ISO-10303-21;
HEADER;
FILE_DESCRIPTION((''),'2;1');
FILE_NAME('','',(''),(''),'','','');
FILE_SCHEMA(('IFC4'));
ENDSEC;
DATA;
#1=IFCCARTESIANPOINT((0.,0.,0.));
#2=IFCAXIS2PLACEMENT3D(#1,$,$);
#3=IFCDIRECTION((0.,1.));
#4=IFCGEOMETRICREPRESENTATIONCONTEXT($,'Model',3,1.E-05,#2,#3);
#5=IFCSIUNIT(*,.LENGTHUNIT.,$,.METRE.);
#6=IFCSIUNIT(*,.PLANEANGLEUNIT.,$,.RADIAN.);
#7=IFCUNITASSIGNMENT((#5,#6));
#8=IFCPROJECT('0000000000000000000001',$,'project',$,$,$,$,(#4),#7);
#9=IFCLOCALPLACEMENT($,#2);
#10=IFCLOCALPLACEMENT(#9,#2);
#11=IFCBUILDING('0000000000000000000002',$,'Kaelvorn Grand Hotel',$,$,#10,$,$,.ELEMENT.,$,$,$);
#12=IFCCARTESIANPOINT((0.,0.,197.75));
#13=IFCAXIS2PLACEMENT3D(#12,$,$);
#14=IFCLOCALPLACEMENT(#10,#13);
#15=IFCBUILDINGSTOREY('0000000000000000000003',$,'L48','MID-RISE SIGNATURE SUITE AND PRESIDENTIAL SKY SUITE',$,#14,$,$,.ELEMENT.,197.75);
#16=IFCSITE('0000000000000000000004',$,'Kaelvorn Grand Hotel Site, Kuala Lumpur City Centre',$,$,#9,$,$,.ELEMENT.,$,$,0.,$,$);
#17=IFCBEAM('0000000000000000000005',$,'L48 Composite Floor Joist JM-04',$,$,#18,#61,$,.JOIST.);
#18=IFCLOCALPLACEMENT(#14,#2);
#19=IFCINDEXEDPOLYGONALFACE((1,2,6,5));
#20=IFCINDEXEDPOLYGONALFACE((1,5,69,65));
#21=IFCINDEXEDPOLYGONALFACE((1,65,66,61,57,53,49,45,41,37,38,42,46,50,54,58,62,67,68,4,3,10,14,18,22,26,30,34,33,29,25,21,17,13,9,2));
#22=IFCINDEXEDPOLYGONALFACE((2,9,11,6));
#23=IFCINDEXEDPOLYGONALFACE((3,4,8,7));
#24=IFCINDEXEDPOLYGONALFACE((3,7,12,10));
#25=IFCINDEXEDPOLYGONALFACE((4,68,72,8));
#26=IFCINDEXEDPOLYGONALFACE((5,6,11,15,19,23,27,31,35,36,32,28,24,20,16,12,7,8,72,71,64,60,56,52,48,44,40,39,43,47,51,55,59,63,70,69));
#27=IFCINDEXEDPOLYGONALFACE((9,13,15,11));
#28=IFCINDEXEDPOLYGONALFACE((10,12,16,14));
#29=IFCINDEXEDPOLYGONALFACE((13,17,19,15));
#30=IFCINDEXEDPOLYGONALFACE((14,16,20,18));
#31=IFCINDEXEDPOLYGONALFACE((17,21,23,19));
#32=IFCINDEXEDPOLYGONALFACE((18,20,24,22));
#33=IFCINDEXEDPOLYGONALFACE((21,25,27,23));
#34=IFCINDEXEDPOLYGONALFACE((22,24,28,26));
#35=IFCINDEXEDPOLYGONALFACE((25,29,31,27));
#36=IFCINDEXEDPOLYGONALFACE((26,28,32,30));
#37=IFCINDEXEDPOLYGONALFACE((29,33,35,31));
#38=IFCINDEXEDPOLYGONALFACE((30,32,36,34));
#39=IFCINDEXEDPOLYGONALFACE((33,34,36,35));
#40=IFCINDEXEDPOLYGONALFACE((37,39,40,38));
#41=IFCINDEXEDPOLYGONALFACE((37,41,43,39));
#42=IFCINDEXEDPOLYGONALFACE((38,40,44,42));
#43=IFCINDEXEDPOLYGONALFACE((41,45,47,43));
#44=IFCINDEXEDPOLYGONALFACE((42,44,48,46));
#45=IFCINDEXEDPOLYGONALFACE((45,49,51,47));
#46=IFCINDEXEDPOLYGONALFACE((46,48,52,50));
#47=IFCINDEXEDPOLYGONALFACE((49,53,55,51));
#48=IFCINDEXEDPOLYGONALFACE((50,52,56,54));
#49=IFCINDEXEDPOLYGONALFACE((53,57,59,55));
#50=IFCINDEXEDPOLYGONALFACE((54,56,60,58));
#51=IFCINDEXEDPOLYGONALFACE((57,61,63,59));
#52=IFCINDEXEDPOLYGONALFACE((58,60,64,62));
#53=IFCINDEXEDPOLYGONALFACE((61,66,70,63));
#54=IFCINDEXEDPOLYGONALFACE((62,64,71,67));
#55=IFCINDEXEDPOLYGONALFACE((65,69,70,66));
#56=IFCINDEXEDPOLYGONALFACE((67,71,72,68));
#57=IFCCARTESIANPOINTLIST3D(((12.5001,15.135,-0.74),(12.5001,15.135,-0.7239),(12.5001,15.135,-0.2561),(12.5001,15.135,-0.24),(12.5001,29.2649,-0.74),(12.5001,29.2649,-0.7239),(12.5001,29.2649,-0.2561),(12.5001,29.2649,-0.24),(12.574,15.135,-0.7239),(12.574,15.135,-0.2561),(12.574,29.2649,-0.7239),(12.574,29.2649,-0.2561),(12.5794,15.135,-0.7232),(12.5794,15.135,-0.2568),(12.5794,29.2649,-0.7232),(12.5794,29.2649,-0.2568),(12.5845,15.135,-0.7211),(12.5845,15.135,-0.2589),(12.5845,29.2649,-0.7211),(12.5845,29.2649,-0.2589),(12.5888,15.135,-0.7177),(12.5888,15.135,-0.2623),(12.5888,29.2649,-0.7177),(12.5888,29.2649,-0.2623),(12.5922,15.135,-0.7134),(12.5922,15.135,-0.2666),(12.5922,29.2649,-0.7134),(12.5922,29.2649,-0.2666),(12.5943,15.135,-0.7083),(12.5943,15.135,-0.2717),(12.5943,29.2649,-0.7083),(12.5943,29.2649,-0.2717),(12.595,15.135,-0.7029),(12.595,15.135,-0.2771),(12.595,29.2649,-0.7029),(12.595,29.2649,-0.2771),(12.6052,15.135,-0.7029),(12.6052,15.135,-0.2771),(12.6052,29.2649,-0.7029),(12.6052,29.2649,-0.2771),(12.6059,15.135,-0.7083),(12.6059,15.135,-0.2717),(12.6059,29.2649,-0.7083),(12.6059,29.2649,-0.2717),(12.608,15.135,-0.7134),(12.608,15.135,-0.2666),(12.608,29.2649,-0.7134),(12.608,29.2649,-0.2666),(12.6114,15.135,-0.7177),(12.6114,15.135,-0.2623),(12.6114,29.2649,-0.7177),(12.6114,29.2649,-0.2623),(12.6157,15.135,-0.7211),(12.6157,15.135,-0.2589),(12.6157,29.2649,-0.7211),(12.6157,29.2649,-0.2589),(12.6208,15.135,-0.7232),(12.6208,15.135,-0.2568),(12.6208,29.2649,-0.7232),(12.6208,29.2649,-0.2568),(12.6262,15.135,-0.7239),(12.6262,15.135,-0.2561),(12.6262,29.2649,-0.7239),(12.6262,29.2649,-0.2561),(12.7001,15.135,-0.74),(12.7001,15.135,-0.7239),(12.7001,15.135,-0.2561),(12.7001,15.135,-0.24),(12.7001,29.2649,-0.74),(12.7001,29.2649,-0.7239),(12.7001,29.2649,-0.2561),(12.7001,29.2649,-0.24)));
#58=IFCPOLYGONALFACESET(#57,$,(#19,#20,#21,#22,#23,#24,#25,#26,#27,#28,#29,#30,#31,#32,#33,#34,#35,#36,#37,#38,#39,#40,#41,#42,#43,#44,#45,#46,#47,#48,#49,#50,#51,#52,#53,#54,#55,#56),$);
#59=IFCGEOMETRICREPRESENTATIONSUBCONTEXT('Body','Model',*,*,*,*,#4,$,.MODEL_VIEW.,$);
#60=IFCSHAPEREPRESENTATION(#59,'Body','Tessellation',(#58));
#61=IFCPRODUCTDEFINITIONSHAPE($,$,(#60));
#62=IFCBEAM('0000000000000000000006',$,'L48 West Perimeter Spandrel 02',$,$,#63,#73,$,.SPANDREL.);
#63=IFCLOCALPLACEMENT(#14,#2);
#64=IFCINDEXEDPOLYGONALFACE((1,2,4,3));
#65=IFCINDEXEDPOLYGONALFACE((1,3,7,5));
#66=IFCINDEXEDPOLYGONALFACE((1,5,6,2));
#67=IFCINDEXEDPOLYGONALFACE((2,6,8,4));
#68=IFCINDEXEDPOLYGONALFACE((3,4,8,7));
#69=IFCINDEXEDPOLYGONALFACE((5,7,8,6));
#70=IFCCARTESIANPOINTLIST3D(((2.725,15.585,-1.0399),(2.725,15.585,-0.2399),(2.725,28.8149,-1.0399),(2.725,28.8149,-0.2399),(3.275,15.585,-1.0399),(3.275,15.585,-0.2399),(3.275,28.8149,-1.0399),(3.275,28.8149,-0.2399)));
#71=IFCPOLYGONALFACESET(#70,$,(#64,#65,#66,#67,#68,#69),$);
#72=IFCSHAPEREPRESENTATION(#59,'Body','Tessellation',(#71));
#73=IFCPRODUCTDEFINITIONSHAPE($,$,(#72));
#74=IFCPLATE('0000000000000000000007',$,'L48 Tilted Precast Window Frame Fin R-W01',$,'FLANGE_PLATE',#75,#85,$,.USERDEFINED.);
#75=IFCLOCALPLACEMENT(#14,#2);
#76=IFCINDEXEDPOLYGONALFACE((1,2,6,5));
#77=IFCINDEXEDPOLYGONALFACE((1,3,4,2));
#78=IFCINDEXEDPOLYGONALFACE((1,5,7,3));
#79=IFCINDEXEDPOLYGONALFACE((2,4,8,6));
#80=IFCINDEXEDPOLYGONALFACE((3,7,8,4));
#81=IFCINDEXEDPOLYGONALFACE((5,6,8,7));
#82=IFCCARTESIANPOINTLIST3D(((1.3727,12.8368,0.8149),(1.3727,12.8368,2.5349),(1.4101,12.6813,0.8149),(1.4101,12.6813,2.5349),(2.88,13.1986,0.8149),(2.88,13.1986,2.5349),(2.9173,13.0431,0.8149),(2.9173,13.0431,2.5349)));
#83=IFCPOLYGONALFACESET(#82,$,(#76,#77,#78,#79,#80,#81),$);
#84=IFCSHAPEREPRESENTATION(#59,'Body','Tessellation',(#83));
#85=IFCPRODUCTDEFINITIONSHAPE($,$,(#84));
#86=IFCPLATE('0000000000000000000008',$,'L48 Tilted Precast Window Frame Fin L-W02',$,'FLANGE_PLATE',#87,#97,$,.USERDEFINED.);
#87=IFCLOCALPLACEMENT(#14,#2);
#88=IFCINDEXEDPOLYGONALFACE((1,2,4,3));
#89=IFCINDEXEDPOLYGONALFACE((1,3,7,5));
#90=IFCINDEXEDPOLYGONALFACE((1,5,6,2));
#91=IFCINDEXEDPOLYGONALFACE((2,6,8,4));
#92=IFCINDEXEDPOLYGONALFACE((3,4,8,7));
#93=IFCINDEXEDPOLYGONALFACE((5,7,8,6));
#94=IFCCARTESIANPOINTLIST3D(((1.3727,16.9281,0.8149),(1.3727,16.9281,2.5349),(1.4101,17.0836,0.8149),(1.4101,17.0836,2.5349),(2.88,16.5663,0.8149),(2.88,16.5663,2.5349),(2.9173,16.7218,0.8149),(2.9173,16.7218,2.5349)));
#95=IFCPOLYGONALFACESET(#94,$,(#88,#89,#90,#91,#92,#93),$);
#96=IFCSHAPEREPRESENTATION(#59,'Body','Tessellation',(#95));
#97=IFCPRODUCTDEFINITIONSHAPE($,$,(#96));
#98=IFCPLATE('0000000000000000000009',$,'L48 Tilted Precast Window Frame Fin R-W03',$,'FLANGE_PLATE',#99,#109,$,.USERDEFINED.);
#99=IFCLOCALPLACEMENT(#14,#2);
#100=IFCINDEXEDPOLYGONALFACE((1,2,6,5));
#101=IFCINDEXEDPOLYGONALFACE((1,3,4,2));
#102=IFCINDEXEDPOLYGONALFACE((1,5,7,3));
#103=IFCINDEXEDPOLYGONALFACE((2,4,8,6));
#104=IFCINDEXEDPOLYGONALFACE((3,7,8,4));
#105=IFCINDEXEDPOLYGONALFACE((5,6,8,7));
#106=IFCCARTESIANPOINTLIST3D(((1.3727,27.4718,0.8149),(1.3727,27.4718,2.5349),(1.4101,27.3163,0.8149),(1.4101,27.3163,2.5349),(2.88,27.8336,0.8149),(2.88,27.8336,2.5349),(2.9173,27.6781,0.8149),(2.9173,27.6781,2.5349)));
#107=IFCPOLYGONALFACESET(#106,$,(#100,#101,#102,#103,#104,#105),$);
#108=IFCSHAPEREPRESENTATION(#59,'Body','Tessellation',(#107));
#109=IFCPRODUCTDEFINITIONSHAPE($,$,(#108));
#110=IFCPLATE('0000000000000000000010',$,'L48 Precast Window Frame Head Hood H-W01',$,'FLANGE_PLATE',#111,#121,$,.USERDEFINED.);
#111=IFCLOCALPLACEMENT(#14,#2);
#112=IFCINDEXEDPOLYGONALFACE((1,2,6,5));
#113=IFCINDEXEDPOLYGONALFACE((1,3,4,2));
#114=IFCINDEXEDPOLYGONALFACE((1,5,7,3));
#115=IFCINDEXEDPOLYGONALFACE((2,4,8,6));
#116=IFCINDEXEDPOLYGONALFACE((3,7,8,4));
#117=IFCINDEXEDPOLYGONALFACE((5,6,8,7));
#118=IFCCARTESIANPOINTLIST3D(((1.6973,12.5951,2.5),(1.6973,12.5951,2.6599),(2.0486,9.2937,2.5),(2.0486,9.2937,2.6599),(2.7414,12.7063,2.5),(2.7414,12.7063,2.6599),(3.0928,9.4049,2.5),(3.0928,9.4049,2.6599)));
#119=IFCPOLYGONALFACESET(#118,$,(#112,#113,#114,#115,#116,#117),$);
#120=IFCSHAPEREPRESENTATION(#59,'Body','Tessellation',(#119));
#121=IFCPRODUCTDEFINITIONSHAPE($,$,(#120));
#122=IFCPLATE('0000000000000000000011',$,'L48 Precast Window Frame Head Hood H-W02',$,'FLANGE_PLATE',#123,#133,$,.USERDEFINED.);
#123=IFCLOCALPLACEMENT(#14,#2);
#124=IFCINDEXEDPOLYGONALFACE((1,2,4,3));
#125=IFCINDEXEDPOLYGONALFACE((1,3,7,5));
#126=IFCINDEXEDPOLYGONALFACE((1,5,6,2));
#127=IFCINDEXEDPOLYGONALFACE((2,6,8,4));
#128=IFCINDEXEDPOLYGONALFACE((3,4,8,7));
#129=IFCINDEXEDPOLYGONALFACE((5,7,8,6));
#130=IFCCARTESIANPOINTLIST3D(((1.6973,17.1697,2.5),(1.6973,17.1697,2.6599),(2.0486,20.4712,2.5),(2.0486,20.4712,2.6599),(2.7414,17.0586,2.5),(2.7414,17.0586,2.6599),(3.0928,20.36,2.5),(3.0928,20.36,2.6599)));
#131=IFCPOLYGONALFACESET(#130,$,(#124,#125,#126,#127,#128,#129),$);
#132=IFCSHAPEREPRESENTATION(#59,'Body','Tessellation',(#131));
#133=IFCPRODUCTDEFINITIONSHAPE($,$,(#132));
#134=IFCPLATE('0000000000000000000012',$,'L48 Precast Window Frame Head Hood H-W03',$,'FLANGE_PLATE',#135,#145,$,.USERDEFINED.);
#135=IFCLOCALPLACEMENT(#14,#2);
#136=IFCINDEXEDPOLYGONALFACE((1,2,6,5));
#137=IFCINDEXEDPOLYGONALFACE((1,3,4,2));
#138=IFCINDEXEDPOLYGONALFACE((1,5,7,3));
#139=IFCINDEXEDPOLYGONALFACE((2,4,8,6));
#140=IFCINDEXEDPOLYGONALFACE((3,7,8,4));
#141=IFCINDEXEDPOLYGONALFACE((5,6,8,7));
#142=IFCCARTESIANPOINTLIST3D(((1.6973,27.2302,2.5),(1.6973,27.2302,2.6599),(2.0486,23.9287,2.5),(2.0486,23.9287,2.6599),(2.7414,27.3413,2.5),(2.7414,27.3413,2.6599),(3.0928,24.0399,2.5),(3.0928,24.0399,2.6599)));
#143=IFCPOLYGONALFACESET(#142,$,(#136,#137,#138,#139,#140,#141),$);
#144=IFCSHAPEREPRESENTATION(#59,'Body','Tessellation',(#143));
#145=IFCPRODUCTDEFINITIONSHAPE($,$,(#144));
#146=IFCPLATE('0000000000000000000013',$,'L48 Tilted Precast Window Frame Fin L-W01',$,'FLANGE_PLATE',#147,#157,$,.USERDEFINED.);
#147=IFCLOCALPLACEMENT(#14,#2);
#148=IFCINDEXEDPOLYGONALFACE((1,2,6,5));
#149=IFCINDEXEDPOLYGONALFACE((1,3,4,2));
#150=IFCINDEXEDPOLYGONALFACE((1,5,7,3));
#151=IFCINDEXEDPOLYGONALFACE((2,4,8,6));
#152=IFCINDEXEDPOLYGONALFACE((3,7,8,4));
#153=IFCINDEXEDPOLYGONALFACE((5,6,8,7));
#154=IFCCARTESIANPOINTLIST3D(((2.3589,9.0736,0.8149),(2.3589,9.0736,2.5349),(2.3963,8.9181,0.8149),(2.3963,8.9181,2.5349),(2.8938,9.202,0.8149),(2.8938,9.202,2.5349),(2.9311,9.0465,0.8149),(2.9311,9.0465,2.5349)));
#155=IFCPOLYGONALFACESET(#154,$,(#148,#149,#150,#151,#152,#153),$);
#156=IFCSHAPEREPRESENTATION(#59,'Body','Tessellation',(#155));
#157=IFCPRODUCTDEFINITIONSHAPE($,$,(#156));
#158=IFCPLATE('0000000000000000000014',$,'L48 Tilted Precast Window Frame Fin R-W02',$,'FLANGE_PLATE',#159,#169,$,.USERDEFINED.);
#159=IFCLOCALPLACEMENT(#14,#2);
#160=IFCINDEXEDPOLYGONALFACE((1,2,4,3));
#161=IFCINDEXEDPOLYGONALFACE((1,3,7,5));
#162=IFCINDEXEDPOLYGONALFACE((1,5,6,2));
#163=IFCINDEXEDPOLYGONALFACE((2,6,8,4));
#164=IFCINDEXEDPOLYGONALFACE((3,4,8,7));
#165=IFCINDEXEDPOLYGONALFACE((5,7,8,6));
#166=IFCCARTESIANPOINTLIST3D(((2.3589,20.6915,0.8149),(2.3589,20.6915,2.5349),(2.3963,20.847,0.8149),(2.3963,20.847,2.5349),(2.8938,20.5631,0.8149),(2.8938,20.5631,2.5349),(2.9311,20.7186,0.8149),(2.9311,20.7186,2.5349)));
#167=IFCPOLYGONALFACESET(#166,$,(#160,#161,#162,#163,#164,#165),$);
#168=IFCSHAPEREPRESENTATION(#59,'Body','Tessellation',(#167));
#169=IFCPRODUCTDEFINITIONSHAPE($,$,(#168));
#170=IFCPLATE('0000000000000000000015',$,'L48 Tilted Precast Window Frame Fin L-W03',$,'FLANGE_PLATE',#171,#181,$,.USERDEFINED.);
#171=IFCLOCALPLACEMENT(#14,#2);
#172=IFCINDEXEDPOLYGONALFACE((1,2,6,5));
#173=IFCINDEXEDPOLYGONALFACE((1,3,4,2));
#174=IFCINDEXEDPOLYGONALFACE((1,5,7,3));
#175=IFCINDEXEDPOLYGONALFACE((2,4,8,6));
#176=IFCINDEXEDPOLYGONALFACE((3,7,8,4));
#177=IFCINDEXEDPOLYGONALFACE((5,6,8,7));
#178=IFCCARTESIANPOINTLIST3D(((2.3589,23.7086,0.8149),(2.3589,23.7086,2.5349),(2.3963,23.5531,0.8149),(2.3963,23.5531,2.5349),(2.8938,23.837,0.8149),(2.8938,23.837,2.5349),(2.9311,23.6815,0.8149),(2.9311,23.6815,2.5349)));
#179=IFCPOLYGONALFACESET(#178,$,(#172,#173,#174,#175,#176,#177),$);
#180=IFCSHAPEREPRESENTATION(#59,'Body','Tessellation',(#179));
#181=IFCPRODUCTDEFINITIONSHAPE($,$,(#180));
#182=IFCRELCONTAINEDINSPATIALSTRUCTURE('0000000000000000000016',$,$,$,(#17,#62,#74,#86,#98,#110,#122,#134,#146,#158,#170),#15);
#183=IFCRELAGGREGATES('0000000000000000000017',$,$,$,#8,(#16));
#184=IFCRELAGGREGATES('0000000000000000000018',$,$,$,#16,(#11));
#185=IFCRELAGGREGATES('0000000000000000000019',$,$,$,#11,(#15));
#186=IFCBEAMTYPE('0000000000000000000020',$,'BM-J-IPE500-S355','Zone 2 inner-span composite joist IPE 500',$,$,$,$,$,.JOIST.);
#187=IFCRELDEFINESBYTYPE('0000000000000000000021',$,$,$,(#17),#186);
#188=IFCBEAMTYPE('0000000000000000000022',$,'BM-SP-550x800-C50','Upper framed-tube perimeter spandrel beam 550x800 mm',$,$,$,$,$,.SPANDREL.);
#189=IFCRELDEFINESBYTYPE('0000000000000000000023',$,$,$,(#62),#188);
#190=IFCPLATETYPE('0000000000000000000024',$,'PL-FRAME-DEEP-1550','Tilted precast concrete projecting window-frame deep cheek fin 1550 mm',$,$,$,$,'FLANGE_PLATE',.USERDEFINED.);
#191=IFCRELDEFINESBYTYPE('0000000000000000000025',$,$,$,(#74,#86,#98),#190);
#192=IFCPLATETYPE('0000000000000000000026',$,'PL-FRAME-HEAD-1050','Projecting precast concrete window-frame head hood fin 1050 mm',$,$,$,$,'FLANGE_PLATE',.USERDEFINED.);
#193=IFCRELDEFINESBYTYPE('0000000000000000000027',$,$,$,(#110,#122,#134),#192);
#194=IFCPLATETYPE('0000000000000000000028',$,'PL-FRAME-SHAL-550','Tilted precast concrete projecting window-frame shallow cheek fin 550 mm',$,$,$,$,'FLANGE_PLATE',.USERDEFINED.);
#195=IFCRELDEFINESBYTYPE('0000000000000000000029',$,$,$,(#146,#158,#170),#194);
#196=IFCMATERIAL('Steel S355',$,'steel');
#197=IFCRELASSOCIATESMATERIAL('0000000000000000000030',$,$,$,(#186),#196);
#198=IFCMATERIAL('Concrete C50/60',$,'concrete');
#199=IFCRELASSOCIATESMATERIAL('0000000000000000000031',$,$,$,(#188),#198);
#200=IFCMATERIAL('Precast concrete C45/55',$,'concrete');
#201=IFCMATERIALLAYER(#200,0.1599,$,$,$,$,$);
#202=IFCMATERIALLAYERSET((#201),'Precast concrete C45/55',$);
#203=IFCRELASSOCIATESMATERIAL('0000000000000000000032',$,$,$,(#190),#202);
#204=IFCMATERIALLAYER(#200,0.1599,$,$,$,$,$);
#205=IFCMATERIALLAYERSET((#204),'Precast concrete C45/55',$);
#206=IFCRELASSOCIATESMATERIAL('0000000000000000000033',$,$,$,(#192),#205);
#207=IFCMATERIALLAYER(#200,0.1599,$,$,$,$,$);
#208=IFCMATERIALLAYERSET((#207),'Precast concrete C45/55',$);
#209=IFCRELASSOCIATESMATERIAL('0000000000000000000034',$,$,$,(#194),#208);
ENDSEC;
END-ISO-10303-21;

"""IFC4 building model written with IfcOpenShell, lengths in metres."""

from ifc_helpers import new_model, si_unit, direction, frame, origin, origin_2d, place, context, subcontext, project, spatial, rectangle, i_section, extrude, material, layer, layer_set, material_profile, profile_set, type_object, element, save


model = new_model("IFC4")

# Units and contexts
model_context = context("Model", 3, precision=1e-05, world=origin(), true_north=direction((0.0, 1.0)))
body_context = subcontext(model_context, "Body", "Model", "MODEL_VIEW")
ifc_project = project(units=[si_unit("LENGTHUNIT", "METRE"), si_unit("PLANEANGLEUNIT", "RADIAN")], contexts=[model_context])

# Site, building, storey
site_placement = place(None, origin())
site = spatial("IfcSite", under=ifc_project, at=site_placement, Name="Kaelvorn Grand Hotel Site, Kuala Lumpur City Centre", CompositionType="ELEMENT", RefElevation=0.0)
building_placement = place(site_placement, origin())
building = spatial("IfcBuilding", under=site, at=building_placement, Name="Kaelvorn Grand Hotel", CompositionType="ELEMENT")
storey_placement = place(building_placement, frame((0.0, 0.0, 197.75)))
storey = spatial("IfcBuildingStorey", under=building, at=storey_placement, Name="L48", Description="MID-RISE SIGNATURE SUITE AND PRESIDENTIAL SKY SUITE", CompositionType="ELEMENT", Elevation=197.75)

# Beams
ifc_material_1 = material(Name="Steel S355", Category="steel")
ifc_material_profile_1 = material_profile(ifc_material_1, i_section(OverallWidth=0.2, OverallDepth=0.5, WebThickness=0.0103, FlangeThickness=0.0161, FilletRadius=0.021, at=origin_2d()), Name="IPE 500")
ifc_profile_set_1 = profile_set([ifc_material_profile_1], Name="Steel S355")
beam_type_1 = type_object("IfcBeamType", Name="BM-J-IPE500-S355", Description="Zone 2 inner-span composite joist IPE 500", PredefinedType="JOIST", material=ifc_profile_set_1)
beam_1_placement = place(storey_placement, frame((12.6001, 15.135, -0.49), z_axis=(0.0, 1.0, 0.0), x_axis=(-1.0, 0.0, 0.0)))
element("IfcBeam", 1, at=beam_1_placement, inside=storey, type_object=beam_type_1, Name="L48 Composite Floor Joist JM-04", PredefinedType="JOIST", context=body_context, shape_type="SweptSolid", body=[
    extrude(i_section(OverallWidth=0.2, OverallDepth=0.5, WebThickness=0.0103, FlangeThickness=0.0161, FilletRadius=0.021, at=origin_2d()), origin(), (0.0, 0.0, 1.0), 14.1299),
])
ifc_material_2 = material(Name="Concrete C50/60", Category="concrete")
ifc_material_profile_2 = material_profile(ifc_material_2, rectangle(XDim=0.55, YDim=0.8, at=origin_2d()), Name="RC SPANDREL 550x800")
ifc_profile_set_2 = profile_set([ifc_material_profile_2], Name="Concrete C50/60")
beam_type_2 = type_object("IfcBeamType", Name="BM-SP-550x800-C50", Description="Upper framed-tube perimeter spandrel beam 550x800 mm", PredefinedType="SPANDREL", material=ifc_profile_set_2)
beam_2_placement = place(storey_placement, frame((3.0, 15.585, -0.6399), z_axis=(0.0, 1.0, 0.0), x_axis=(-1.0, 0.0, 0.0)))
element("IfcBeam", 2, at=beam_2_placement, inside=storey, type_object=beam_type_2, Name="L48 West Perimeter Spandrel 02", PredefinedType="SPANDREL", context=body_context, shape_type="SweptSolid", body=[
    extrude(rectangle(XDim=0.55, YDim=0.8, at=origin_2d()), origin(), (0.0, 0.0, 1.0), 13.23),
])

# Plates
ifc_material_3 = material(Name="Precast concrete C45/55", Category="concrete")
ifc_layer_1 = layer(ifc_material_3, 0.1599)
ifc_layer_set_1 = layer_set([ifc_layer_1], Name="Precast concrete C45/55")
plate_type_1 = type_object("IfcPlateType", Name="PL-FRAME-DEEP-1550", Description="Tilted precast concrete projecting window-frame deep cheek fin 1550 mm", ElementType="FLANGE_PLATE", PredefinedType="USERDEFINED", material=ifc_layer_set_1)
for number, where, z_axis, x_axis, name in (
    (3, (2.145, 12.9399, 0.8149), (0.0, 0.0, 1.0), (-0.233445, 0.97237, 0.0), "L48 Tilted Precast Window Frame Fin R-W01"),
    (4, (2.145, 16.825, 0.8149), (0.0, 0.0, 1.0), (0.233445, 0.97237, 0.0), "L48 Tilted Precast Window Frame Fin L-W02"),
    (5, (2.145, 27.575, 0.8149), (0.0, 0.0, 1.0), (-0.233445, 0.97237, 0.0), "L48 Tilted Precast Window Frame Fin R-W03"),
):
    element("IfcPlate", number, at=place(storey_placement, frame(where, z_axis=z_axis, x_axis=x_axis)), inside=storey, type_object=plate_type_1, Name=name, ObjectType="FLANGE_PLATE", PredefinedType="USERDEFINED", context=body_context, shape_type="SweptSolid", body=[
        extrude(rectangle(XDim=0.1599, YDim=1.55, at=origin_2d()), origin(), (0.0, 0.0, 1.0), 1.72),
    ])
ifc_layer_2 = layer(ifc_material_3, 0.1599)
ifc_layer_set_2 = layer_set([ifc_layer_2], Name="Precast concrete C45/55")
plate_type_2 = type_object("IfcPlateType", Name="PL-FRAME-HEAD-1050", Description="Projecting precast concrete window-frame head hood fin 1050 mm", ElementType="FLANGE_PLATE", PredefinedType="USERDEFINED", material=ifc_layer_set_2)
for number, where, z_axis, x_axis, name in (
    (6, (2.395, 11.0, 2.5), (0.0, 0.0, 1.0), (-0.10583, 0.994384, 0.0), "L48 Precast Window Frame Head Hood H-W01"),
    (7, (2.395, 18.7649, 2.5), (0.0, 0.0, 1.0), (0.10583, 0.994384, 0.0), "L48 Precast Window Frame Head Hood H-W02"),
    (8, (2.395, 25.635, 2.5), (0.0, 0.0, 1.0), (-0.10583, 0.994384, 0.0), "L48 Precast Window Frame Head Hood H-W03"),
):
    element("IfcPlate", number, at=place(storey_placement, frame(where, z_axis=z_axis, x_axis=x_axis)), inside=storey, type_object=plate_type_2, Name=name, ObjectType="FLANGE_PLATE", PredefinedType="USERDEFINED", context=body_context, shape_type="SweptSolid", body=[
        extrude(rectangle(XDim=3.3201, YDim=1.05, at=origin_2d()), origin(), (0.0, 0.0, 1.0), 0.1599),
    ])
ifc_layer_3 = layer(ifc_material_3, 0.1599)
ifc_layer_set_3 = layer_set([ifc_layer_3], Name="Precast concrete C45/55")
plate_type_3 = type_object("IfcPlateType", Name="PL-FRAME-SHAL-550", Description="Tilted precast concrete projecting window-frame shallow cheek fin 550 mm", ElementType="FLANGE_PLATE", PredefinedType="USERDEFINED", material=ifc_layer_set_3)
for number, where, z_axis, x_axis, name in (
    (9, (2.645, 9.0601, 0.8149), (0.0, 0.0, 1.0), (-0.233445, 0.97237, 0.0), "L48 Tilted Precast Window Frame Fin L-W01"),
    (10, (2.645, 20.7051, 0.8149), (0.0, 0.0, 1.0), (0.233445, 0.97237, 0.0), "L48 Tilted Precast Window Frame Fin R-W02"),
    (11, (2.645, 23.6951, 0.8149), (0.0, 0.0, 1.0), (-0.233445, 0.97237, 0.0), "L48 Tilted Precast Window Frame Fin L-W03"),
):
    element("IfcPlate", number, at=place(storey_placement, frame(where, z_axis=z_axis, x_axis=x_axis)), inside=storey, type_object=plate_type_3, Name=name, ObjectType="FLANGE_PLATE", PredefinedType="USERDEFINED", context=body_context, shape_type="SweptSolid", body=[
        extrude(rectangle(XDim=0.1599, YDim=0.55, at=origin_2d()), origin(), (0.0, 0.0, 1.0), 1.72),
    ])

save(model, "model.ifc")
